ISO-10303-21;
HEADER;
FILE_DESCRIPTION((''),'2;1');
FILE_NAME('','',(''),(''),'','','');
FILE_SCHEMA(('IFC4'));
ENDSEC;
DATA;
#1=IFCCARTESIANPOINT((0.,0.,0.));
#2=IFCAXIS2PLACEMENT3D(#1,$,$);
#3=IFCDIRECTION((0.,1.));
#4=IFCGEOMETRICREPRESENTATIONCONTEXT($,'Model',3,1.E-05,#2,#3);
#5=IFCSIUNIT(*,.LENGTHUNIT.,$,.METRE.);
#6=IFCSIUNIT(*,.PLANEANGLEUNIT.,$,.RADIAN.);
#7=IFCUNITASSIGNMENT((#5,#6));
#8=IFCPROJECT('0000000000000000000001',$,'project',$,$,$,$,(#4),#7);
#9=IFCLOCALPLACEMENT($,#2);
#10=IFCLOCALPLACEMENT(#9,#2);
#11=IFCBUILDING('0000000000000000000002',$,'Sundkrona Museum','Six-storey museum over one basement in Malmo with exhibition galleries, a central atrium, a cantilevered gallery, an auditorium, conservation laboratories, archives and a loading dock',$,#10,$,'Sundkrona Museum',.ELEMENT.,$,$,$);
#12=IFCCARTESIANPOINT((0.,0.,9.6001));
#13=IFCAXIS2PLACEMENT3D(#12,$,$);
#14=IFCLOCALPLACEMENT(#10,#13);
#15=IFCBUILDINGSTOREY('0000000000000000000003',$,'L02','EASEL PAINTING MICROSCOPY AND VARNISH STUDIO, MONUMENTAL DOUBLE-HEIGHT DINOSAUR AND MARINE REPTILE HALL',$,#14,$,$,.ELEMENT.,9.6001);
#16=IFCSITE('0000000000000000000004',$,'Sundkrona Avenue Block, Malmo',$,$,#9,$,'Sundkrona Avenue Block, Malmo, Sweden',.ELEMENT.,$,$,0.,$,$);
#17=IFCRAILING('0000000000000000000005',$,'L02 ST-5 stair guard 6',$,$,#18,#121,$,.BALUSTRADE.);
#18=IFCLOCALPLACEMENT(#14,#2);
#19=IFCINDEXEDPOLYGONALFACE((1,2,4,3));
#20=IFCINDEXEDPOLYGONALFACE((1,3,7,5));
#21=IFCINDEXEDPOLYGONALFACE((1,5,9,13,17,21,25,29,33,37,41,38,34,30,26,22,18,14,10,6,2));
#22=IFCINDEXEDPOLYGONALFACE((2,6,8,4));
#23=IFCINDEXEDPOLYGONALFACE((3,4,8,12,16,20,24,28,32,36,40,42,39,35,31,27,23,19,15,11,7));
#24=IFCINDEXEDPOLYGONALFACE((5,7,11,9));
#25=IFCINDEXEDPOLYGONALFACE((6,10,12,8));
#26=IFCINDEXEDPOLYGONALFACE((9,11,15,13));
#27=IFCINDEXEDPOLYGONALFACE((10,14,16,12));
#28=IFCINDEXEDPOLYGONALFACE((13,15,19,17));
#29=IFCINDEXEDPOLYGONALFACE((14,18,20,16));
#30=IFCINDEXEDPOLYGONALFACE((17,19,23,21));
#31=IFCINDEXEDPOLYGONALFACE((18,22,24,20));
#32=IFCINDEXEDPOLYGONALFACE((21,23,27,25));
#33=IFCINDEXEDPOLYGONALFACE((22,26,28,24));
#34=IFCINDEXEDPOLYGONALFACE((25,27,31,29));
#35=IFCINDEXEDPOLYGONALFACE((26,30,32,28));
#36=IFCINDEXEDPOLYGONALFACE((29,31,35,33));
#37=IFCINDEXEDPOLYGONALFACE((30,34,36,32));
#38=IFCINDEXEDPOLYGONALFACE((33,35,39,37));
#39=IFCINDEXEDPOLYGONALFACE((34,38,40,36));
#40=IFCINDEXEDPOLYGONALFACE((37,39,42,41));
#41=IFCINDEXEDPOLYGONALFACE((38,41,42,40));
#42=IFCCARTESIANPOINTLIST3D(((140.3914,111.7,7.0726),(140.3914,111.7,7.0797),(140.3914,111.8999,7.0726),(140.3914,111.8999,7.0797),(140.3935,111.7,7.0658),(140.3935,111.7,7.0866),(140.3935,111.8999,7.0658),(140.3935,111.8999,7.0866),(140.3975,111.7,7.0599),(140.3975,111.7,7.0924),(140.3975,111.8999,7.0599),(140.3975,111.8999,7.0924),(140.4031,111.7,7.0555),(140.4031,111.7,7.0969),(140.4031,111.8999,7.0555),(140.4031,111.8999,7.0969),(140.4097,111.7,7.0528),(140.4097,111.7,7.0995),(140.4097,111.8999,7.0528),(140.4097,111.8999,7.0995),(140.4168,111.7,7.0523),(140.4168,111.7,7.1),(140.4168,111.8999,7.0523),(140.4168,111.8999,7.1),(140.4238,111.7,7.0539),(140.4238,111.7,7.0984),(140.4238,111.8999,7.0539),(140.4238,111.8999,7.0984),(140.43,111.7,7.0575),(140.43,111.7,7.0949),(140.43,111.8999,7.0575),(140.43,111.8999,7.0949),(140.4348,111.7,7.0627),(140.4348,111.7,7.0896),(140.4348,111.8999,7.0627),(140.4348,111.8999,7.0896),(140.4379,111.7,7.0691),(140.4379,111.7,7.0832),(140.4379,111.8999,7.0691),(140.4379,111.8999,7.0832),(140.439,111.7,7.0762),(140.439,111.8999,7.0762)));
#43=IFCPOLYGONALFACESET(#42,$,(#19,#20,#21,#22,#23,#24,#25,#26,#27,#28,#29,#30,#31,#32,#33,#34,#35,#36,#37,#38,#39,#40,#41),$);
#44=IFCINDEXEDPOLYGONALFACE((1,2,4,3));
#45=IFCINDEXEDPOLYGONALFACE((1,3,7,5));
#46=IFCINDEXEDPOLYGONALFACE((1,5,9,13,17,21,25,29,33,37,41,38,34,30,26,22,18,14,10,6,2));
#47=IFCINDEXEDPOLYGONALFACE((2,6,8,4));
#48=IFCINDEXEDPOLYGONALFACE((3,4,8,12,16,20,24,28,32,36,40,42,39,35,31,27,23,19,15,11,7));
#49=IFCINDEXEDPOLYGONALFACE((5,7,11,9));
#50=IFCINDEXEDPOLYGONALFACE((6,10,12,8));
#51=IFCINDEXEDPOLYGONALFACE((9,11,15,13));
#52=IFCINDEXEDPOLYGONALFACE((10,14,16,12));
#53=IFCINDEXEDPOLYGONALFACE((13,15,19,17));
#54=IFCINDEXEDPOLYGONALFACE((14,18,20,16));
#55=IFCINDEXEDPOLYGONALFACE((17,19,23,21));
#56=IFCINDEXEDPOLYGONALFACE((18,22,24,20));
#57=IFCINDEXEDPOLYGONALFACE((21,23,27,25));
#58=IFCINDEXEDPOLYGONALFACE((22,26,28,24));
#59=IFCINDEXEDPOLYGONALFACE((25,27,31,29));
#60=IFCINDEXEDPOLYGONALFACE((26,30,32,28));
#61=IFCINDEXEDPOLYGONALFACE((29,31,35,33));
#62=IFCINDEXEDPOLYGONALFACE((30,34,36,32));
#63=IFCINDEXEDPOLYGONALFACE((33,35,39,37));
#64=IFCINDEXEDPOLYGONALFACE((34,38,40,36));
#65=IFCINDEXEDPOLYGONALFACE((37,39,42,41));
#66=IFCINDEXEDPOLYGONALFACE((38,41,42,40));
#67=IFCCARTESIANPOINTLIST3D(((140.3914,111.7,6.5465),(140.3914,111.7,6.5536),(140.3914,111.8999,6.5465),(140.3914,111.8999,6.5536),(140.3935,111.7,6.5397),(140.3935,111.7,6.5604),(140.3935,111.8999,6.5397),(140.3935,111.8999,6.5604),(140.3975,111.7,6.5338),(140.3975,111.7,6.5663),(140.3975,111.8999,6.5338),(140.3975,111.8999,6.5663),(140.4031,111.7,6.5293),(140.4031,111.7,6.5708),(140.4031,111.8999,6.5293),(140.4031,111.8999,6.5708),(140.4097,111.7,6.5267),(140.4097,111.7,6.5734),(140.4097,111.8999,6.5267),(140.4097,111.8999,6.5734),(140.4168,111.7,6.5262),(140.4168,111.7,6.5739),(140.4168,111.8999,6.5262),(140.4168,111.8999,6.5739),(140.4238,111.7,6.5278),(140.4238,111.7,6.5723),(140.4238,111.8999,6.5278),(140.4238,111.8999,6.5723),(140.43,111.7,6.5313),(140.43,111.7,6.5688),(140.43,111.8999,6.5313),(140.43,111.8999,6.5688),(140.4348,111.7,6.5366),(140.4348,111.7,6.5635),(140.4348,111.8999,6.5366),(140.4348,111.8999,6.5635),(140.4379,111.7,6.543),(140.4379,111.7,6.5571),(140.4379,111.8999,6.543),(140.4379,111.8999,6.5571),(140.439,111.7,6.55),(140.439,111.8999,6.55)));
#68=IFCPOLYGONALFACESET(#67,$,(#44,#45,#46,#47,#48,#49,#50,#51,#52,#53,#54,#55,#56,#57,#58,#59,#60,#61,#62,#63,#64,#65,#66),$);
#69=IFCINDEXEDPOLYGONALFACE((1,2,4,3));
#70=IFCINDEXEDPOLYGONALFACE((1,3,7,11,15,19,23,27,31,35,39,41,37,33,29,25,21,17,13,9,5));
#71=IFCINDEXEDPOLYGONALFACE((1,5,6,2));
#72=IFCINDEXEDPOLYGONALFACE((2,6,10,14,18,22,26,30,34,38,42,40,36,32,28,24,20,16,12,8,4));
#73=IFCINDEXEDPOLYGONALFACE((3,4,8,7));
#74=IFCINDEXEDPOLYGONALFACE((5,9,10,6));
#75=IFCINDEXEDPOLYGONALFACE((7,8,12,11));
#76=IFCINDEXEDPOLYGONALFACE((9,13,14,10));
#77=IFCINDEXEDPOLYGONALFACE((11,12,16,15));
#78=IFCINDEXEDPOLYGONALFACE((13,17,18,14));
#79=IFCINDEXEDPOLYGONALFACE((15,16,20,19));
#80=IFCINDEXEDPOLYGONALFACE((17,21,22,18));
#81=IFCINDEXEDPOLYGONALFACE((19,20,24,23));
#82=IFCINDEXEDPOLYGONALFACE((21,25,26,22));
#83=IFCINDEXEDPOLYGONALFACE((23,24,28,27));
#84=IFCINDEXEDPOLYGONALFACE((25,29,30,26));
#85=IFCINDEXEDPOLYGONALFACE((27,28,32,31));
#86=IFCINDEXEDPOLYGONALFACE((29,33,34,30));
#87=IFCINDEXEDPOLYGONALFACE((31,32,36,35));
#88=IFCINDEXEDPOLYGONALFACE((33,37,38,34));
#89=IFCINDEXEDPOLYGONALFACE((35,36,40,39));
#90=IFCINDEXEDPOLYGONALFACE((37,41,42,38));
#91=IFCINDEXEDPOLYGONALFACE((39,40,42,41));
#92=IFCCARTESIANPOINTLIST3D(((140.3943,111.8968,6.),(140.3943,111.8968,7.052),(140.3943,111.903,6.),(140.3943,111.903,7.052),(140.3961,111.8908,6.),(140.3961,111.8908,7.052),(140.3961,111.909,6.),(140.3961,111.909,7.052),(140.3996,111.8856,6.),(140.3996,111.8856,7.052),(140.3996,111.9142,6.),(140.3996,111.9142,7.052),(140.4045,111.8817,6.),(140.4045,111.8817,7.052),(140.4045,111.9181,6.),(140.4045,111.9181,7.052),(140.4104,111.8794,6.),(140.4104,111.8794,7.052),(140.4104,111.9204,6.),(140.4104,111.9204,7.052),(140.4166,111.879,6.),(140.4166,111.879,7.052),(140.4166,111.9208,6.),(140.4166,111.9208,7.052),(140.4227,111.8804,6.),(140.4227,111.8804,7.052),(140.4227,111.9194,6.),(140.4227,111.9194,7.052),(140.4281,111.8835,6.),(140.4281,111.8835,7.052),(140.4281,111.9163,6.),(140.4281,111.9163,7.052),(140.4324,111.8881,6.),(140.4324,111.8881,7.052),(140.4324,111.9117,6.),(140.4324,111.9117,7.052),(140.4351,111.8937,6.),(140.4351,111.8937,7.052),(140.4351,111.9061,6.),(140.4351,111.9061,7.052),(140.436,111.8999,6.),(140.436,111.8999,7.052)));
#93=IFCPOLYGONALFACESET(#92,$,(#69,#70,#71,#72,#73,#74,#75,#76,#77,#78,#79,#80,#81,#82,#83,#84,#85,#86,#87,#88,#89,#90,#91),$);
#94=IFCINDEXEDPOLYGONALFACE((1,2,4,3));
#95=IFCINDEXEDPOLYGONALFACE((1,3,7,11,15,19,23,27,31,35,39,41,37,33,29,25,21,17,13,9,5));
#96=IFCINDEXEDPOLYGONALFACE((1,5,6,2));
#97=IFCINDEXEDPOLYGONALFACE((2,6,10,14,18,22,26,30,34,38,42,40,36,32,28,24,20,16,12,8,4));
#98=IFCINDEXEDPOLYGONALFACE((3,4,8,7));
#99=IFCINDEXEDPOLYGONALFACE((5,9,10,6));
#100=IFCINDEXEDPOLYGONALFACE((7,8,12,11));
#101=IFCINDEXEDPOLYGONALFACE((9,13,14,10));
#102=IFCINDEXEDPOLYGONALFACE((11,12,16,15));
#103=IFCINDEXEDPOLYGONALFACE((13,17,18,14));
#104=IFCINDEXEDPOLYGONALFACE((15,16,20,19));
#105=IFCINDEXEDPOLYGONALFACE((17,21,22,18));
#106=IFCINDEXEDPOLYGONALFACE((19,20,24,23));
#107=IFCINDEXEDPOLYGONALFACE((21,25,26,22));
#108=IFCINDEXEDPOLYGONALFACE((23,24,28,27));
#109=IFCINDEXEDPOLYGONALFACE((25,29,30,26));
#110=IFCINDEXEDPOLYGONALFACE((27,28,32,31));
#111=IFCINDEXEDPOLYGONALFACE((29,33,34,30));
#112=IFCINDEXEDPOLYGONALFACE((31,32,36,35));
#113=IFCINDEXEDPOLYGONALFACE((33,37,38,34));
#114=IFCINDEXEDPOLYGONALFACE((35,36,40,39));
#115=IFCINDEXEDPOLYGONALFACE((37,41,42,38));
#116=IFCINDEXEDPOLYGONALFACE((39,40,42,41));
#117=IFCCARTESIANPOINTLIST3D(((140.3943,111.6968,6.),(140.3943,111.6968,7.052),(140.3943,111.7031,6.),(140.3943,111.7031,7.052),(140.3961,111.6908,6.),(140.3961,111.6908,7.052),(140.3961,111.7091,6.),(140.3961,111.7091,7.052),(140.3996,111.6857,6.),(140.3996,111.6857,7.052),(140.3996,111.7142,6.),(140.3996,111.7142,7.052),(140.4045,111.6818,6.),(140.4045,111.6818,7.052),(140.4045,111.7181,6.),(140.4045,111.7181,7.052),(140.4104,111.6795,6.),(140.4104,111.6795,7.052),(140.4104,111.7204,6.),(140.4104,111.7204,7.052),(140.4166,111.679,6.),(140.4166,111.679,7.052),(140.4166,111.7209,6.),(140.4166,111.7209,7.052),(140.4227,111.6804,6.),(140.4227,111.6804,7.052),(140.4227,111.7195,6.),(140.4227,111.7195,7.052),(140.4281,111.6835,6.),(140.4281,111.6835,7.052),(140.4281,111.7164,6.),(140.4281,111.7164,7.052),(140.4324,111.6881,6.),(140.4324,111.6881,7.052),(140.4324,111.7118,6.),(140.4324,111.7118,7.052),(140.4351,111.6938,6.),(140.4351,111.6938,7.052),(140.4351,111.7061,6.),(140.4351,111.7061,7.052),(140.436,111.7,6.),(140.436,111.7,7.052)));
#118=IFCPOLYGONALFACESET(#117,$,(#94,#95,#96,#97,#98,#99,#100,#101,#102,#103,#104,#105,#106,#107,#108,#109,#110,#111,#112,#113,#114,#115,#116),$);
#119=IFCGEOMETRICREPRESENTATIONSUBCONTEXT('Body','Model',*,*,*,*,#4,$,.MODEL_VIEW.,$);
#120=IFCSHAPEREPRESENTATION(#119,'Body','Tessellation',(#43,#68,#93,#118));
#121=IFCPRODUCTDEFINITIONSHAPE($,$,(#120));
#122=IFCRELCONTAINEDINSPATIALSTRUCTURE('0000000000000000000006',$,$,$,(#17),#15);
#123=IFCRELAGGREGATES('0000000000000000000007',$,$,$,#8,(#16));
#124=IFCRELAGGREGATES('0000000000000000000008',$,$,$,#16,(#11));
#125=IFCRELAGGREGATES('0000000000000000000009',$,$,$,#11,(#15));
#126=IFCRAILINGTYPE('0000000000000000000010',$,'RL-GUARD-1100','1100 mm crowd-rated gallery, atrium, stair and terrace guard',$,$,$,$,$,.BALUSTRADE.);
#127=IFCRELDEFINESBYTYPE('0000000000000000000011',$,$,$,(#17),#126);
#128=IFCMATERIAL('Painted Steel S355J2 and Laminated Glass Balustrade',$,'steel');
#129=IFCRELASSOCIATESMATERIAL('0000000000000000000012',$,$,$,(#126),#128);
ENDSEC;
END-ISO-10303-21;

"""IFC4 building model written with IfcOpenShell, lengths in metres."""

from ifc_helpers import new_model, si_unit, direction, frame, origin, origin_2d, place, context, subcontext, project, spatial, circle, extrude, material, type_object, element, save


model = new_model("IFC4")

# Units and contexts
model_context = context("Model", 3, precision=1e-05, world=origin(), true_north=direction((0.0, 1.0)))
body_context = subcontext(model_context, "Body", "Model", "MODEL_VIEW")
ifc_project = project(units=[si_unit("LENGTHUNIT", "METRE"), si_unit("PLANEANGLEUNIT", "RADIAN")], contexts=[model_context])

# Site, building, storey
site_placement = place(None, origin())
site = spatial("IfcSite", under=ifc_project, at=site_placement, Name="Sundkrona Avenue Block, Malmo", LongName="Sundkrona Avenue Block, Malmo, Sweden", CompositionType="ELEMENT", RefElevation=0.0)
building_placement = place(site_placement, origin())
building = spatial("IfcBuilding", under=site, at=building_placement, Name="Sundkrona Museum", Description="Six-storey museum over one basement in Malmo with exhibition galleries, a central atrium, a cantilevered gallery, an auditorium, conservation laboratories, archives and a loading dock", LongName="Sundkrona Museum", CompositionType="ELEMENT")
storey_placement = place(building_placement, frame((0.0, 0.0, 9.6001)))
storey = spatial("IfcBuildingStorey", under=building, at=storey_placement, Name="L02", Description="EASEL PAINTING MICROSCOPY AND VARNISH STUDIO, MONUMENTAL DOUBLE-HEIGHT DINOSAUR AND MARINE REPTILE HALL", CompositionType="ELEMENT", Elevation=9.6001)

# Railing
ifc_material_1 = material(Name="Painted Steel S355J2 and Laminated Glass Balustrade", Category="steel")
railing_type_1 = type_object("IfcRailingType", Name="RL-GUARD-1100", Description="1100 mm crowd-rated gallery, atrium, stair and terrace guard", PredefinedType="BALUSTRADE", material=ifc_material_1)
railing_1_placement = place(storey_placement, frame((140.415, 111.8999, 6.0)))
element("IfcRailing", 1, at=railing_1_placement, inside=storey, type_object=railing_type_1, Name="L02 ST-5 stair guard 6", PredefinedType="BALUSTRADE", context=body_context, shape_type="SweptSolid", body=[
    extrude(circle(Radius=0.0239, at=origin_2d()), frame((0.0, 0.0, 1.0762), z_axis=(0.0, -1.0, 0.0), x_axis=(1.0, 0.0, 0.0)), (0.0, 0.0, 1.0), 0.2),
    extrude(circle(Radius=0.0239, at=origin_2d()), frame((0.0, 0.0, 0.55), z_axis=(0.0, -1.0, 0.0), x_axis=(1.0, 0.0, 0.0)), (0.0, 0.0, 1.0), 0.2),
    extrude(circle(Radius=0.021, at=origin_2d()), origin(), (0.0, 0.0, 1.0), 1.052),
    extrude(circle(Radius=0.021, at=origin_2d()), frame((0.0, -0.2, 0.0)), (0.0, 0.0, 1.0), 1.052),
])

save(model, "model.ifc")
